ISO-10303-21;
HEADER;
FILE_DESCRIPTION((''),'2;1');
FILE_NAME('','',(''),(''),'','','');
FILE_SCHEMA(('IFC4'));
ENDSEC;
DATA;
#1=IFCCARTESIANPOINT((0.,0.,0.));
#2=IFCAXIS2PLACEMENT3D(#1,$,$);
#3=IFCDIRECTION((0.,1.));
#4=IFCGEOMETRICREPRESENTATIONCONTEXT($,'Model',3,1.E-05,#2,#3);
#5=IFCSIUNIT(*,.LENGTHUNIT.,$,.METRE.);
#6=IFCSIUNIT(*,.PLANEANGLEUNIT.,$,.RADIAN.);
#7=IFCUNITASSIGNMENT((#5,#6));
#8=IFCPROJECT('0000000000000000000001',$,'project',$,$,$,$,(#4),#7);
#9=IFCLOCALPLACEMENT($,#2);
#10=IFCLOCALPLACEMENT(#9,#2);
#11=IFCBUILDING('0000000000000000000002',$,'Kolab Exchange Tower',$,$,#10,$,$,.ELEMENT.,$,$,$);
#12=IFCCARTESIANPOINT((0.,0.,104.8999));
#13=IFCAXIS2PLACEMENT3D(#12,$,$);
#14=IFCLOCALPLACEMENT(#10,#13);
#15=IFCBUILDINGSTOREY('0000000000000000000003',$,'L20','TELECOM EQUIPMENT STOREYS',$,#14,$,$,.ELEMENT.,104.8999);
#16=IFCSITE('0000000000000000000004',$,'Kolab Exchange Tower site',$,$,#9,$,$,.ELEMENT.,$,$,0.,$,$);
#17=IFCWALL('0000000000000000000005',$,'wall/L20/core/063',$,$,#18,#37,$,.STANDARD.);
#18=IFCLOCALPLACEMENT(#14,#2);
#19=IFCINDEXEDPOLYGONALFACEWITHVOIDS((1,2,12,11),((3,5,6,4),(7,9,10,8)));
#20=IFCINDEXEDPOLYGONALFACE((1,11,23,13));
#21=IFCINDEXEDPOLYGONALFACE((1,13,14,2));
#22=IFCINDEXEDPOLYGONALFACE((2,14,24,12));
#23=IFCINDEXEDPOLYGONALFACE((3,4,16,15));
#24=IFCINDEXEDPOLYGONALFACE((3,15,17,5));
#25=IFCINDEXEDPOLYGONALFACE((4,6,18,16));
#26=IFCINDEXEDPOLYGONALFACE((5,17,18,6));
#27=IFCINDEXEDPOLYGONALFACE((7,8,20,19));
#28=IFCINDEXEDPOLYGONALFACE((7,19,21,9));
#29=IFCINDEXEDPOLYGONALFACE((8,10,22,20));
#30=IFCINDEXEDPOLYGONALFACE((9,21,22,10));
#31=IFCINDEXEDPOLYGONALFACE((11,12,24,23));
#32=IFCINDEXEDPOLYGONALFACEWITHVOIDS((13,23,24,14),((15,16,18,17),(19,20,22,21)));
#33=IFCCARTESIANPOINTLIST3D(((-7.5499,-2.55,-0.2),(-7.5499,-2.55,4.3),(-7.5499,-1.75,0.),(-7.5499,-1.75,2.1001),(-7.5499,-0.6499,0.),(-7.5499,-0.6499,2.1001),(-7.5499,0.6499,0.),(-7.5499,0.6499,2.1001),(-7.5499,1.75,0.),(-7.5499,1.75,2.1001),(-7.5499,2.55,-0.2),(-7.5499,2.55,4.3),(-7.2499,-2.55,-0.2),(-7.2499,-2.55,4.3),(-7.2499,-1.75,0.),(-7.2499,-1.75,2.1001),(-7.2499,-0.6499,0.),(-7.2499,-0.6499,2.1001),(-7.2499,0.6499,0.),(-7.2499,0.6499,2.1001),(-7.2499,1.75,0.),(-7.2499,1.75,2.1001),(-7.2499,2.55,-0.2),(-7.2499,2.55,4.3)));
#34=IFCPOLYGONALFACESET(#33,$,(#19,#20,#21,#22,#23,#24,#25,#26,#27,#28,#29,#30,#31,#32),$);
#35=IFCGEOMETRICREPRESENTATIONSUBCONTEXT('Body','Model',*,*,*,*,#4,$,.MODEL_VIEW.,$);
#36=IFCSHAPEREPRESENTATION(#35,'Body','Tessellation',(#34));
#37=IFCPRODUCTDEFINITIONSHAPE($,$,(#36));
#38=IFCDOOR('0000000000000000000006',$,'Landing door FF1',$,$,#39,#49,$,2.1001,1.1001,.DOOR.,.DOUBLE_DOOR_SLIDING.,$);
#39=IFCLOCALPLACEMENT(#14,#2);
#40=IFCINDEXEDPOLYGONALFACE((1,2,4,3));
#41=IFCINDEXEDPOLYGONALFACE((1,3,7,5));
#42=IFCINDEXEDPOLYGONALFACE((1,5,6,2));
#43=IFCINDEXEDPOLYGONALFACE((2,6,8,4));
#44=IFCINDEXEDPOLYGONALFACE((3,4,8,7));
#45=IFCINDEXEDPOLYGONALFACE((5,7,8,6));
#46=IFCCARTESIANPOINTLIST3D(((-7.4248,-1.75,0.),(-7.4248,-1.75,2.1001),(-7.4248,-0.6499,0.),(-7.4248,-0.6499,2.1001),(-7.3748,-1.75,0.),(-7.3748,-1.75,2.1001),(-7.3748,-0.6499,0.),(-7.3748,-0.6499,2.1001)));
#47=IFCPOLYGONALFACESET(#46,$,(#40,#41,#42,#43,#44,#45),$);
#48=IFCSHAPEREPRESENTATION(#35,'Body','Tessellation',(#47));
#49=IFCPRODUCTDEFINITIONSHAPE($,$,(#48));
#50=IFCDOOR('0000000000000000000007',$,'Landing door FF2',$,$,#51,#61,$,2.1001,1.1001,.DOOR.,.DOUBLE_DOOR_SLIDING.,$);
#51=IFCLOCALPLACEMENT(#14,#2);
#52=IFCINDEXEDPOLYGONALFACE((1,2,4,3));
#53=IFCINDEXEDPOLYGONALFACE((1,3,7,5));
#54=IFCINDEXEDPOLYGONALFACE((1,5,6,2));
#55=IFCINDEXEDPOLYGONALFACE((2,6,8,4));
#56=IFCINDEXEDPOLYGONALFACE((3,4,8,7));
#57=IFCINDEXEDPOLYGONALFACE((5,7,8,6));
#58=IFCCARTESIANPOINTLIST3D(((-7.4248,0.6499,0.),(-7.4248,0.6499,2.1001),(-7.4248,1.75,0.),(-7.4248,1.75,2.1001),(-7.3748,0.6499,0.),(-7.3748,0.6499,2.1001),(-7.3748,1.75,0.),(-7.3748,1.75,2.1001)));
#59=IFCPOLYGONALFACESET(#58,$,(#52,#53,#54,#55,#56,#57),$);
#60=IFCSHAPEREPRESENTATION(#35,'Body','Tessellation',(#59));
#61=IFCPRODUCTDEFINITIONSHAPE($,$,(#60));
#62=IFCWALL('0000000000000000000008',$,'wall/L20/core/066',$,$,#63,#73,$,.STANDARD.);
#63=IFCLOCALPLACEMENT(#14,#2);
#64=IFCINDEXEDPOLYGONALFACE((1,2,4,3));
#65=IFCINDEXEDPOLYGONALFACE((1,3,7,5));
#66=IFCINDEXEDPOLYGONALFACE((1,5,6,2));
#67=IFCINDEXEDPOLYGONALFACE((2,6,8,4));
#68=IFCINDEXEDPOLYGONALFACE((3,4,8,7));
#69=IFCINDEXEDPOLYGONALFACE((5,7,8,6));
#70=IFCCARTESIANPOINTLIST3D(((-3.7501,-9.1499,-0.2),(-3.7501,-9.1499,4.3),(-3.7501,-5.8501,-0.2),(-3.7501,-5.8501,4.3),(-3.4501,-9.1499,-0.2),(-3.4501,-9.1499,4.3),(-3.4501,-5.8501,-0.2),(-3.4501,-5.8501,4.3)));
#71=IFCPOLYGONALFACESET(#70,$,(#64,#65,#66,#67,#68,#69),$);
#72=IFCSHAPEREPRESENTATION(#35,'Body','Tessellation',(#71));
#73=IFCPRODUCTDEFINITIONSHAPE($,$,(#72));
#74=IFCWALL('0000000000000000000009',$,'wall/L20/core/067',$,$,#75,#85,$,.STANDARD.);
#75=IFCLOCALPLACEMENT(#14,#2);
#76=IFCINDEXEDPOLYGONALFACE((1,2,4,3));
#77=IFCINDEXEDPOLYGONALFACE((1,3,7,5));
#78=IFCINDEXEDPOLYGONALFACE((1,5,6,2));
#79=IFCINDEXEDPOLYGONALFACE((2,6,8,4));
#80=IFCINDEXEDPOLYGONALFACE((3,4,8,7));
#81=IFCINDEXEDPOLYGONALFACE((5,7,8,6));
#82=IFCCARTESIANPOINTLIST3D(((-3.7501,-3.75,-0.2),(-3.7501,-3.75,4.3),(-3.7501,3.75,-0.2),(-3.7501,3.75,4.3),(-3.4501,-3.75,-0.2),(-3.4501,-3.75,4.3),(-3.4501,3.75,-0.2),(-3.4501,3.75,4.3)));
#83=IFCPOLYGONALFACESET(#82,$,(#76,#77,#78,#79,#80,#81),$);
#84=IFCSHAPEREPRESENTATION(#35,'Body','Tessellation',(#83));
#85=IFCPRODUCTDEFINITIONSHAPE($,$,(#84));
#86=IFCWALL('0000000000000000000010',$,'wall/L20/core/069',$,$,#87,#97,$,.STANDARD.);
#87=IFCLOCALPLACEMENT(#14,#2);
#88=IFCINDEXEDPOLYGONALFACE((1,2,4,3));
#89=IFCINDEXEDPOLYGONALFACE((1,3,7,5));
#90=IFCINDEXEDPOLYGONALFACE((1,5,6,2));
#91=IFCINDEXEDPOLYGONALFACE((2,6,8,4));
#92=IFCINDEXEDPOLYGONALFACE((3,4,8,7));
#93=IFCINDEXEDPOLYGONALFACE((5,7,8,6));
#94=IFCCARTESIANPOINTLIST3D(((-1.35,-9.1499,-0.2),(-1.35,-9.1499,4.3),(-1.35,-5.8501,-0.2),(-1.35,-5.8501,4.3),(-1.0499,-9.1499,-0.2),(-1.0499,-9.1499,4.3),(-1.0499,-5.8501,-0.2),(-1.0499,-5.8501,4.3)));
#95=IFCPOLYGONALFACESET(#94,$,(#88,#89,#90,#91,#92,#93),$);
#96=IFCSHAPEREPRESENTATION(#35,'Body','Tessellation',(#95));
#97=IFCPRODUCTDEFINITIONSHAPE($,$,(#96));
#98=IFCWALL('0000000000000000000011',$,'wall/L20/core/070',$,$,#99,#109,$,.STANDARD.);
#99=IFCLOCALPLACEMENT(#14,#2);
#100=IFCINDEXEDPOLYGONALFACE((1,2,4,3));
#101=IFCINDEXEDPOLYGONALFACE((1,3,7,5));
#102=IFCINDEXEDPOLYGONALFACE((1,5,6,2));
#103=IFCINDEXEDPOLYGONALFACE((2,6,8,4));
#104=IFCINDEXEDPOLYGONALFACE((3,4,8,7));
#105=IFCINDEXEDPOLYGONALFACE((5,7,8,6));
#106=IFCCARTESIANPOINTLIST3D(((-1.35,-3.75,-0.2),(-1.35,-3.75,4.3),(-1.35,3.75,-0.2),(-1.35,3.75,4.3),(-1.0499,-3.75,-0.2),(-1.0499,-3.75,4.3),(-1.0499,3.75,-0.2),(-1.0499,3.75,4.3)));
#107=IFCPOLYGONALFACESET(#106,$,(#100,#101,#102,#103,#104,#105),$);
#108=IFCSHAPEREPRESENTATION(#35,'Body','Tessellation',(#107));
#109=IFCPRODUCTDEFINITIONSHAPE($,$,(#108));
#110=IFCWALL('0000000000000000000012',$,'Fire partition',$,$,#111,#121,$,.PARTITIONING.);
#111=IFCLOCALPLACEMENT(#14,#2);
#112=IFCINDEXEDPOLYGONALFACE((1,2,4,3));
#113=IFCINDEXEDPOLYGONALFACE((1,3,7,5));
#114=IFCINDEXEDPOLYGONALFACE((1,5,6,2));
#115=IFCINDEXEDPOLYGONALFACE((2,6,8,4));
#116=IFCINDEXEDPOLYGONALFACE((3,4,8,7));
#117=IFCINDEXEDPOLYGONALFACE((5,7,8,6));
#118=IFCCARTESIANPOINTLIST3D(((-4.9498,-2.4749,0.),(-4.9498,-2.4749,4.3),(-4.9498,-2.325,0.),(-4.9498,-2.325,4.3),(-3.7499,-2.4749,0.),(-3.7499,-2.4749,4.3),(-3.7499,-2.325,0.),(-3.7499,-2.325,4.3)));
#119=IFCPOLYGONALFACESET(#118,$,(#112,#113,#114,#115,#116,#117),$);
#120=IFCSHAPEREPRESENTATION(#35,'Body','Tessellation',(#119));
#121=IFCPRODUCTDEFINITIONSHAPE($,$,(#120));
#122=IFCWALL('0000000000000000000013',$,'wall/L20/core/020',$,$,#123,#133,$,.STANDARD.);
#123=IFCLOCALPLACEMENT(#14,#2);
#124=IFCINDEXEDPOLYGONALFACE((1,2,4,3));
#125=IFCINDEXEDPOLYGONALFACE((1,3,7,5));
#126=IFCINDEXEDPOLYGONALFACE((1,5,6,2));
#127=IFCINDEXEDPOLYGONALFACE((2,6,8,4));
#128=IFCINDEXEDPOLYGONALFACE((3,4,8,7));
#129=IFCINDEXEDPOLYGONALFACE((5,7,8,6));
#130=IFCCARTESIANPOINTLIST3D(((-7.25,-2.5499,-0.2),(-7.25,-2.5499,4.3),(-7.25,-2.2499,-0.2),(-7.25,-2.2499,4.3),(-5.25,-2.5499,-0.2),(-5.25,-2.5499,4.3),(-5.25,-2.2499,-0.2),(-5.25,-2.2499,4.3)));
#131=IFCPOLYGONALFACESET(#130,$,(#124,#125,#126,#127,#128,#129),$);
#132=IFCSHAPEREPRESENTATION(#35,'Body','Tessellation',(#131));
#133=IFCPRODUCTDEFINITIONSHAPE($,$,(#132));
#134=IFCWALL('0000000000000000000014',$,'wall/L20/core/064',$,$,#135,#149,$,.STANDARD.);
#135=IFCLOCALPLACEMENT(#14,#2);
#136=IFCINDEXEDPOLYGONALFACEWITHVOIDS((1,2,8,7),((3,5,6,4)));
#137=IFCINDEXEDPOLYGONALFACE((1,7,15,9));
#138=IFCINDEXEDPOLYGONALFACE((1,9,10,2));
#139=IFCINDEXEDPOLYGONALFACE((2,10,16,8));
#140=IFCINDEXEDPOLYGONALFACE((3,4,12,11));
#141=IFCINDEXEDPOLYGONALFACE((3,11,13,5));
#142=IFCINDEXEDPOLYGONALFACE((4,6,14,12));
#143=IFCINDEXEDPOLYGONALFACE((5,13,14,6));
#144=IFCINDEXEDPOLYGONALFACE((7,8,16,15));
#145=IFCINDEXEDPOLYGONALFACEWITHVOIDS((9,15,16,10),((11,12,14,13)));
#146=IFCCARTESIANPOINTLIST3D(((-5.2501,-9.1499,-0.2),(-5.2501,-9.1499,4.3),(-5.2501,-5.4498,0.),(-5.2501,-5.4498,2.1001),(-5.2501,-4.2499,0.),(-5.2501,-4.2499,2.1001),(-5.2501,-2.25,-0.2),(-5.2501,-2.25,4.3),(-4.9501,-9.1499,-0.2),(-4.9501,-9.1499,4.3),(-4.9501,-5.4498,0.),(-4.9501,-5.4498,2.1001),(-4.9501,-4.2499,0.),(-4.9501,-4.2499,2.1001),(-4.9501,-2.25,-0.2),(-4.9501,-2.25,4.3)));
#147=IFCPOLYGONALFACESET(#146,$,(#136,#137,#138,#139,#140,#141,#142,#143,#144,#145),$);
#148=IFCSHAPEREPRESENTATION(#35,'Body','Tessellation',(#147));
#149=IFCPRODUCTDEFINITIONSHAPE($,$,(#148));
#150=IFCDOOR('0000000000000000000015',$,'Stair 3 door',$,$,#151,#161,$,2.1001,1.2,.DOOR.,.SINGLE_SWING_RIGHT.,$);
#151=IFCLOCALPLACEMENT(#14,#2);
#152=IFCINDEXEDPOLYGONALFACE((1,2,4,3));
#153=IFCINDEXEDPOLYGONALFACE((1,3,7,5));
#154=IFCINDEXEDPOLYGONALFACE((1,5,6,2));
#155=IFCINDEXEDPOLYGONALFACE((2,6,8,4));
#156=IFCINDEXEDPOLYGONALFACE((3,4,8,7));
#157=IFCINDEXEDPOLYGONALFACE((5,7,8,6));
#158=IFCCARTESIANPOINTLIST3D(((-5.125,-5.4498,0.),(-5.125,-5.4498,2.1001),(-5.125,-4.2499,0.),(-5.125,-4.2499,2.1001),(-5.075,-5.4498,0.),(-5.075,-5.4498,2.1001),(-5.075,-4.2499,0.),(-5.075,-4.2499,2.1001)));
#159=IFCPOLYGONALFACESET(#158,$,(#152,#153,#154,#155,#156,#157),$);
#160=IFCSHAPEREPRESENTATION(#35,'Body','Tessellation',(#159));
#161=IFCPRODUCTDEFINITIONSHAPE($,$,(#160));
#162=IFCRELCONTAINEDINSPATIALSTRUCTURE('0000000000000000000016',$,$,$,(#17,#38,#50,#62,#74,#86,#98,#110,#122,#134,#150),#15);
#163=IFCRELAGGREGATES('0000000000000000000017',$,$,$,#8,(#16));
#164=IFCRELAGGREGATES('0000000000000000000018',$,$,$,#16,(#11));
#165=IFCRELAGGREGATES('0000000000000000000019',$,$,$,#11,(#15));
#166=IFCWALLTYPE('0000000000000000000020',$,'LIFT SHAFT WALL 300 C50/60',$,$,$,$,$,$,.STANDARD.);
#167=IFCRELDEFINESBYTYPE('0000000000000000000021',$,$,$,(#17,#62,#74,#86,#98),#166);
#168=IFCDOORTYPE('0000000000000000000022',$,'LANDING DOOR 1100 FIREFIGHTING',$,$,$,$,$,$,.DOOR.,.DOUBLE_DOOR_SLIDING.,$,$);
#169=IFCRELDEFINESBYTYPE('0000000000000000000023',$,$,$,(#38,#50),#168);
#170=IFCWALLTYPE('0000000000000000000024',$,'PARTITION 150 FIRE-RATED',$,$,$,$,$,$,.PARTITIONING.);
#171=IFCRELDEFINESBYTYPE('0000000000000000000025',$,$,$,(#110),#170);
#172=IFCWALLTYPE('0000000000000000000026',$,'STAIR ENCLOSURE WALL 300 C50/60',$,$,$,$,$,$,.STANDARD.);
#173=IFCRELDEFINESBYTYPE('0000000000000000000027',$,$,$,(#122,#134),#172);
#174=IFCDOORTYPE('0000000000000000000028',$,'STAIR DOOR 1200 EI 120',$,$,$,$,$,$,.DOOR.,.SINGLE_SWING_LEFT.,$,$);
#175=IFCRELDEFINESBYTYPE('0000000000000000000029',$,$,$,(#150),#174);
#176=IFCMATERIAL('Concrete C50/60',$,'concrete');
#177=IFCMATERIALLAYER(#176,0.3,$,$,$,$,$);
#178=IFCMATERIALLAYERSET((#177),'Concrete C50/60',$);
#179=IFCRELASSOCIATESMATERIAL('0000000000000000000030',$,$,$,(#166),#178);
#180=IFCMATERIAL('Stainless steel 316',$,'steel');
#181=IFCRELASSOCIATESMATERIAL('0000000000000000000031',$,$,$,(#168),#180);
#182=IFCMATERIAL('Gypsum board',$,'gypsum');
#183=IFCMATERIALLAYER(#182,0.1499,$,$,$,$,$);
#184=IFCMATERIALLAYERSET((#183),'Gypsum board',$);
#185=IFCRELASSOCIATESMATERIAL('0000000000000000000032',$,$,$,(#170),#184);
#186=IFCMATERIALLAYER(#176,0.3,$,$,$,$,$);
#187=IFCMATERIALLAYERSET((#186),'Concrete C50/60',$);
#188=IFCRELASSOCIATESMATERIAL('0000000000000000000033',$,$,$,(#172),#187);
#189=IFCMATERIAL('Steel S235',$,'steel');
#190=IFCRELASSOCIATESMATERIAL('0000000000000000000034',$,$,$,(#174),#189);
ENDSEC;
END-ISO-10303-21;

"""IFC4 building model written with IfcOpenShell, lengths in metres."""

from ifc_helpers import new_model, si_unit, direction, frame, frame_2d, origin, place, context, subcontext, project, spatial, rectangle, extrude, material, layer, layer_set, type_object, element, fill, save


model = new_model("IFC4")

# Units and contexts
model_context = context("Model", 3, precision=1e-05, world=origin(), true_north=direction((0.0, 1.0)))
body_context = subcontext(model_context, "Body", "Model", "MODEL_VIEW")
ifc_project = project(units=[si_unit("LENGTHUNIT", "METRE"), si_unit("PLANEANGLEUNIT", "RADIAN")], contexts=[model_context])

# Site, building, storey
site_placement = place(None, origin())
site = spatial("IfcSite", under=ifc_project, at=site_placement, Name="Kolab Exchange Tower site", CompositionType="ELEMENT", RefElevation=0.0)
building_placement = place(site_placement, origin())
building = spatial("IfcBuilding", under=site, at=building_placement, Name="Kolab Exchange Tower", CompositionType="ELEMENT")
storey_placement = place(building_placement, frame((0.0, 0.0, 104.8999)))
storey = spatial("IfcBuildingStorey", under=building, at=storey_placement, Name="L20", Description="TELECOM EQUIPMENT STOREYS", CompositionType="ELEMENT", Elevation=104.8999)

# Shared definitions
ifc_material_1 = material(Name="Steel S235", Category="steel")
ifc_material_2 = material(Name="Concrete C50/60", Category="concrete")
ifc_layer_1 = layer(ifc_material_2, 0.3)
ifc_layer_set_1 = layer_set([ifc_layer_1], Name="Concrete C50/60")
wall_type_1 = type_object("IfcWallType", Name="LIFT SHAFT WALL 300 C50/60", PredefinedType="STANDARD", material=ifc_layer_set_1)

# Wall, openings, doors
wall_1_placement = place(storey_placement, frame((-7.3999, -2.55, -0.2), z_axis=(0.0, 0.0, 1.0), x_axis=(0.0, 1.0, 0.0)))
wall_1 = element("IfcWall", 1, at=wall_1_placement, inside=storey, type_object=wall_type_1, Name="wall/L20/core/063", PredefinedType="STANDARD", context=body_context, shape_type="SweptSolid", body=[
    extrude(rectangle(XDim=5.1001, YDim=0.3, at=frame_2d((2.55, 0.0))), origin(), (0.0, 0.0, 1.0), 4.5),
])
opening_1_placement = place(wall_1_placement, frame((0.8, 0.0, 0.2)))
opening_1 = element("IfcOpeningElement", 2, at=opening_1_placement, cuts=wall_1, PredefinedType="OPENING", context=body_context, shape_type="SweptSolid", body=[
    extrude(rectangle(XDim=1.1001, YDim=2.1001, at=frame_2d((0.55, 1.05))), frame((0.0, 0.1602, 0.0), z_axis=(0.0, -1.0, 0.0), x_axis=(1.0, 0.0, 0.0)), (0.0, 0.0, 1.0), 0.3201),
])
opening_2_placement = place(wall_1_placement, frame((3.2, 0.0, 0.2)))
opening_2 = element("IfcOpeningElement", 3, at=opening_2_placement, cuts=wall_1, PredefinedType="OPENING", context=body_context, shape_type="SweptSolid", body=[
    extrude(rectangle(XDim=1.1001, YDim=2.1001, at=frame_2d((0.55, 1.05))), frame((0.0, 0.1602, 0.0), z_axis=(0.0, -1.0, 0.0), x_axis=(1.0, 0.0, 0.0)), (0.0, 0.0, 1.0), 0.3201),
])
ifc_material_3 = material(Name="Stainless steel 316", Category="steel")
door_type_1 = type_object("IfcDoorType", Name="LANDING DOOR 1100 FIREFIGHTING", OperationType="DOUBLE_DOOR_SLIDING", PredefinedType="DOOR", material=ifc_material_3)
door_1_placement = place(opening_1_placement, origin())
door_1 = element("IfcDoor", 4, at=door_1_placement, inside=storey, type_object=door_type_1, Name="Landing door FF1", OperationType="DOUBLE_DOOR_SLIDING", OverallHeight=2.1001, OverallWidth=1.1001, PredefinedType="DOOR", context=body_context, shape_type="SweptSolid", body=[
    extrude(rectangle(XDim=1.1001, YDim=2.1001, at=frame_2d((0.55, 1.05))), frame((0.0, 0.0249, 0.0), z_axis=(0.0, -1.0, 0.0), x_axis=(1.0, 0.0, 0.0)), (0.0, 0.0, 1.0), 0.05),
])
fill(opening_1, door_1)
door_2_placement = place(opening_2_placement, origin())
door_2 = element("IfcDoor", 5, at=door_2_placement, inside=storey, type_object=door_type_1, Name="Landing door FF2", OperationType="DOUBLE_DOOR_SLIDING", OverallHeight=2.1001, OverallWidth=1.1001, PredefinedType="DOOR", context=body_context, shape_type="SweptSolid", body=[
    extrude(rectangle(XDim=1.1001, YDim=2.1001, at=frame_2d((0.55, 1.05))), frame((0.0, 0.0249, 0.0), z_axis=(0.0, -1.0, 0.0), x_axis=(1.0, 0.0, 0.0)), (0.0, 0.0, 1.0), 0.05),
])
fill(opening_2, door_2)

# Walls
wall_2_placement = place(storey_placement, frame((-3.6001, -9.1499, -0.2), z_axis=(0.0, 0.0, 1.0), x_axis=(0.0, 1.0, 0.0)))
element("IfcWall", 6, at=wall_2_placement, inside=storey, type_object=wall_type_1, Name="wall/L20/core/066", PredefinedType="STANDARD", context=body_context, shape_type="SweptSolid", body=[
    extrude(rectangle(XDim=3.2998, YDim=0.3, at=frame_2d((1.6499, 0.0))), origin(), (0.0, 0.0, 1.0), 4.5),
])
wall_3_placement = place(storey_placement, frame((-3.6001, -3.75, -0.2), z_axis=(0.0, 0.0, 1.0), x_axis=(0.0, 1.0, 0.0)))
element("IfcWall", 7, at=wall_3_placement, inside=storey, type_object=wall_type_1, Name="wall/L20/core/067", PredefinedType="STANDARD", context=body_context, shape_type="SweptSolid", body=[
    extrude(rectangle(XDim=7.5, YDim=0.3, at=frame_2d((3.75, 0.0))), origin(), (0.0, 0.0, 1.0), 4.5),
])
wall_4_placement = place(storey_placement, frame((-1.2, -9.1499, -0.2), z_axis=(0.0, 0.0, 1.0), x_axis=(0.0, 1.0, 0.0)))
element("IfcWall", 8, at=wall_4_placement, inside=storey, type_object=wall_type_1, Name="wall/L20/core/069", PredefinedType="STANDARD", context=body_context, shape_type="SweptSolid", body=[
    extrude(rectangle(XDim=3.2998, YDim=0.3, at=frame_2d((1.6499, 0.0))), origin(), (0.0, 0.0, 1.0), 4.5),
])
wall_5_placement = place(storey_placement, frame((-1.2, -3.75, -0.2), z_axis=(0.0, 0.0, 1.0), x_axis=(0.0, 1.0, 0.0)))
element("IfcWall", 9, at=wall_5_placement, inside=storey, type_object=wall_type_1, Name="wall/L20/core/070", PredefinedType="STANDARD", context=body_context, shape_type="SweptSolid", body=[
    extrude(rectangle(XDim=7.5, YDim=0.3, at=frame_2d((3.75, 0.0))), origin(), (0.0, 0.0, 1.0), 4.5),
])
ifc_material_4 = material(Name="Gypsum board", Category="gypsum")
ifc_layer_2 = layer(ifc_material_4, 0.1499)
ifc_layer_set_2 = layer_set([ifc_layer_2], Name="Gypsum board")
wall_type_2 = type_object("IfcWallType", Name="PARTITION 150 FIRE-RATED", PredefinedType="PARTITIONING", material=ifc_layer_set_2)
wall_6_placement = place(storey_placement, frame((-4.95, -2.3999, 0.0), z_axis=(0.0, 0.0, 1.0), x_axis=(1.0, 0.0, 0.0)))
element("IfcWall", 10, at=wall_6_placement, inside=storey, type_object=wall_type_2, Name="Fire partition", PredefinedType="PARTITIONING", context=body_context, shape_type="SweptSolid", body=[
    extrude(rectangle(XDim=1.2, YDim=0.1499, at=frame_2d((0.6001, 0.0))), origin(), (0.0, 0.0, 1.0), 4.3),
])
ifc_layer_3 = layer(ifc_material_2, 0.3)
ifc_layer_set_3 = layer_set([ifc_layer_3], Name="Concrete C50/60")
wall_type_3 = type_object("IfcWallType", Name="STAIR ENCLOSURE WALL 300 C50/60", PredefinedType="STANDARD", material=ifc_layer_set_3)
wall_7_placement = place(storey_placement, frame((-7.25, -2.3999, -0.2), z_axis=(0.0, 0.0, 1.0), x_axis=(1.0, 0.0, 0.0)))
element("IfcWall", 11, at=wall_7_placement, inside=storey, type_object=wall_type_3, Name="wall/L20/core/020", PredefinedType="STANDARD", context=body_context, shape_type="SweptSolid", body=[
    extrude(rectangle(XDim=2.0, YDim=0.3, at=frame_2d((1.0, 0.0))), origin(), (0.0, 0.0, 1.0), 4.5),
])

# Wall, opening, door
wall_8_placement = place(storey_placement, frame((-5.1001, -9.1499, -0.2), z_axis=(0.0, 0.0, 1.0), x_axis=(0.0, 1.0, 0.0)))
wall_8 = element("IfcWall", 12, at=wall_8_placement, inside=storey, type_object=wall_type_3, Name="wall/L20/core/064", PredefinedType="STANDARD", context=body_context, shape_type="SweptSolid", body=[
    extrude(rectangle(XDim=6.8999, YDim=0.3, at=frame_2d((3.45, 0.0))), origin(), (0.0, 0.0, 1.0), 4.5),
])
opening_3_placement = place(wall_8_placement, frame((3.7, 0.0, 0.2)))
opening_3 = element("IfcOpeningElement", 13, at=opening_3_placement, cuts=wall_8, PredefinedType="OPENING", context=body_context, shape_type="SweptSolid", body=[
    extrude(rectangle(XDim=1.2, YDim=2.1001, at=frame_2d((0.6001, 1.05))), frame((0.0, 0.1602, 0.0), z_axis=(0.0, -1.0, 0.0), x_axis=(1.0, 0.0, 0.0)), (0.0, 0.0, 1.0), 0.3201),
])
door_type_2 = type_object("IfcDoorType", Name="STAIR DOOR 1200 EI 120", OperationType="SINGLE_SWING_LEFT", PredefinedType="DOOR", material=ifc_material_1)
door_3_placement = place(opening_3_placement, origin())
door_3 = element("IfcDoor", 14, at=door_3_placement, inside=storey, type_object=door_type_2, Name="Stair 3 door", OperationType="SINGLE_SWING_RIGHT", OverallHeight=2.1001, OverallWidth=1.2, PredefinedType="DOOR", context=body_context, shape_type="SweptSolid", body=[
    extrude(rectangle(XDim=1.2, YDim=2.1001, at=frame_2d((0.6001, 1.05))), frame((0.0, 0.0249, 0.0), z_axis=(0.0, -1.0, 0.0), x_axis=(1.0, 0.0, 0.0)), (0.0, 0.0, 1.0), 0.05),
])
fill(opening_3, door_3)

save(model, "model.ifc")
